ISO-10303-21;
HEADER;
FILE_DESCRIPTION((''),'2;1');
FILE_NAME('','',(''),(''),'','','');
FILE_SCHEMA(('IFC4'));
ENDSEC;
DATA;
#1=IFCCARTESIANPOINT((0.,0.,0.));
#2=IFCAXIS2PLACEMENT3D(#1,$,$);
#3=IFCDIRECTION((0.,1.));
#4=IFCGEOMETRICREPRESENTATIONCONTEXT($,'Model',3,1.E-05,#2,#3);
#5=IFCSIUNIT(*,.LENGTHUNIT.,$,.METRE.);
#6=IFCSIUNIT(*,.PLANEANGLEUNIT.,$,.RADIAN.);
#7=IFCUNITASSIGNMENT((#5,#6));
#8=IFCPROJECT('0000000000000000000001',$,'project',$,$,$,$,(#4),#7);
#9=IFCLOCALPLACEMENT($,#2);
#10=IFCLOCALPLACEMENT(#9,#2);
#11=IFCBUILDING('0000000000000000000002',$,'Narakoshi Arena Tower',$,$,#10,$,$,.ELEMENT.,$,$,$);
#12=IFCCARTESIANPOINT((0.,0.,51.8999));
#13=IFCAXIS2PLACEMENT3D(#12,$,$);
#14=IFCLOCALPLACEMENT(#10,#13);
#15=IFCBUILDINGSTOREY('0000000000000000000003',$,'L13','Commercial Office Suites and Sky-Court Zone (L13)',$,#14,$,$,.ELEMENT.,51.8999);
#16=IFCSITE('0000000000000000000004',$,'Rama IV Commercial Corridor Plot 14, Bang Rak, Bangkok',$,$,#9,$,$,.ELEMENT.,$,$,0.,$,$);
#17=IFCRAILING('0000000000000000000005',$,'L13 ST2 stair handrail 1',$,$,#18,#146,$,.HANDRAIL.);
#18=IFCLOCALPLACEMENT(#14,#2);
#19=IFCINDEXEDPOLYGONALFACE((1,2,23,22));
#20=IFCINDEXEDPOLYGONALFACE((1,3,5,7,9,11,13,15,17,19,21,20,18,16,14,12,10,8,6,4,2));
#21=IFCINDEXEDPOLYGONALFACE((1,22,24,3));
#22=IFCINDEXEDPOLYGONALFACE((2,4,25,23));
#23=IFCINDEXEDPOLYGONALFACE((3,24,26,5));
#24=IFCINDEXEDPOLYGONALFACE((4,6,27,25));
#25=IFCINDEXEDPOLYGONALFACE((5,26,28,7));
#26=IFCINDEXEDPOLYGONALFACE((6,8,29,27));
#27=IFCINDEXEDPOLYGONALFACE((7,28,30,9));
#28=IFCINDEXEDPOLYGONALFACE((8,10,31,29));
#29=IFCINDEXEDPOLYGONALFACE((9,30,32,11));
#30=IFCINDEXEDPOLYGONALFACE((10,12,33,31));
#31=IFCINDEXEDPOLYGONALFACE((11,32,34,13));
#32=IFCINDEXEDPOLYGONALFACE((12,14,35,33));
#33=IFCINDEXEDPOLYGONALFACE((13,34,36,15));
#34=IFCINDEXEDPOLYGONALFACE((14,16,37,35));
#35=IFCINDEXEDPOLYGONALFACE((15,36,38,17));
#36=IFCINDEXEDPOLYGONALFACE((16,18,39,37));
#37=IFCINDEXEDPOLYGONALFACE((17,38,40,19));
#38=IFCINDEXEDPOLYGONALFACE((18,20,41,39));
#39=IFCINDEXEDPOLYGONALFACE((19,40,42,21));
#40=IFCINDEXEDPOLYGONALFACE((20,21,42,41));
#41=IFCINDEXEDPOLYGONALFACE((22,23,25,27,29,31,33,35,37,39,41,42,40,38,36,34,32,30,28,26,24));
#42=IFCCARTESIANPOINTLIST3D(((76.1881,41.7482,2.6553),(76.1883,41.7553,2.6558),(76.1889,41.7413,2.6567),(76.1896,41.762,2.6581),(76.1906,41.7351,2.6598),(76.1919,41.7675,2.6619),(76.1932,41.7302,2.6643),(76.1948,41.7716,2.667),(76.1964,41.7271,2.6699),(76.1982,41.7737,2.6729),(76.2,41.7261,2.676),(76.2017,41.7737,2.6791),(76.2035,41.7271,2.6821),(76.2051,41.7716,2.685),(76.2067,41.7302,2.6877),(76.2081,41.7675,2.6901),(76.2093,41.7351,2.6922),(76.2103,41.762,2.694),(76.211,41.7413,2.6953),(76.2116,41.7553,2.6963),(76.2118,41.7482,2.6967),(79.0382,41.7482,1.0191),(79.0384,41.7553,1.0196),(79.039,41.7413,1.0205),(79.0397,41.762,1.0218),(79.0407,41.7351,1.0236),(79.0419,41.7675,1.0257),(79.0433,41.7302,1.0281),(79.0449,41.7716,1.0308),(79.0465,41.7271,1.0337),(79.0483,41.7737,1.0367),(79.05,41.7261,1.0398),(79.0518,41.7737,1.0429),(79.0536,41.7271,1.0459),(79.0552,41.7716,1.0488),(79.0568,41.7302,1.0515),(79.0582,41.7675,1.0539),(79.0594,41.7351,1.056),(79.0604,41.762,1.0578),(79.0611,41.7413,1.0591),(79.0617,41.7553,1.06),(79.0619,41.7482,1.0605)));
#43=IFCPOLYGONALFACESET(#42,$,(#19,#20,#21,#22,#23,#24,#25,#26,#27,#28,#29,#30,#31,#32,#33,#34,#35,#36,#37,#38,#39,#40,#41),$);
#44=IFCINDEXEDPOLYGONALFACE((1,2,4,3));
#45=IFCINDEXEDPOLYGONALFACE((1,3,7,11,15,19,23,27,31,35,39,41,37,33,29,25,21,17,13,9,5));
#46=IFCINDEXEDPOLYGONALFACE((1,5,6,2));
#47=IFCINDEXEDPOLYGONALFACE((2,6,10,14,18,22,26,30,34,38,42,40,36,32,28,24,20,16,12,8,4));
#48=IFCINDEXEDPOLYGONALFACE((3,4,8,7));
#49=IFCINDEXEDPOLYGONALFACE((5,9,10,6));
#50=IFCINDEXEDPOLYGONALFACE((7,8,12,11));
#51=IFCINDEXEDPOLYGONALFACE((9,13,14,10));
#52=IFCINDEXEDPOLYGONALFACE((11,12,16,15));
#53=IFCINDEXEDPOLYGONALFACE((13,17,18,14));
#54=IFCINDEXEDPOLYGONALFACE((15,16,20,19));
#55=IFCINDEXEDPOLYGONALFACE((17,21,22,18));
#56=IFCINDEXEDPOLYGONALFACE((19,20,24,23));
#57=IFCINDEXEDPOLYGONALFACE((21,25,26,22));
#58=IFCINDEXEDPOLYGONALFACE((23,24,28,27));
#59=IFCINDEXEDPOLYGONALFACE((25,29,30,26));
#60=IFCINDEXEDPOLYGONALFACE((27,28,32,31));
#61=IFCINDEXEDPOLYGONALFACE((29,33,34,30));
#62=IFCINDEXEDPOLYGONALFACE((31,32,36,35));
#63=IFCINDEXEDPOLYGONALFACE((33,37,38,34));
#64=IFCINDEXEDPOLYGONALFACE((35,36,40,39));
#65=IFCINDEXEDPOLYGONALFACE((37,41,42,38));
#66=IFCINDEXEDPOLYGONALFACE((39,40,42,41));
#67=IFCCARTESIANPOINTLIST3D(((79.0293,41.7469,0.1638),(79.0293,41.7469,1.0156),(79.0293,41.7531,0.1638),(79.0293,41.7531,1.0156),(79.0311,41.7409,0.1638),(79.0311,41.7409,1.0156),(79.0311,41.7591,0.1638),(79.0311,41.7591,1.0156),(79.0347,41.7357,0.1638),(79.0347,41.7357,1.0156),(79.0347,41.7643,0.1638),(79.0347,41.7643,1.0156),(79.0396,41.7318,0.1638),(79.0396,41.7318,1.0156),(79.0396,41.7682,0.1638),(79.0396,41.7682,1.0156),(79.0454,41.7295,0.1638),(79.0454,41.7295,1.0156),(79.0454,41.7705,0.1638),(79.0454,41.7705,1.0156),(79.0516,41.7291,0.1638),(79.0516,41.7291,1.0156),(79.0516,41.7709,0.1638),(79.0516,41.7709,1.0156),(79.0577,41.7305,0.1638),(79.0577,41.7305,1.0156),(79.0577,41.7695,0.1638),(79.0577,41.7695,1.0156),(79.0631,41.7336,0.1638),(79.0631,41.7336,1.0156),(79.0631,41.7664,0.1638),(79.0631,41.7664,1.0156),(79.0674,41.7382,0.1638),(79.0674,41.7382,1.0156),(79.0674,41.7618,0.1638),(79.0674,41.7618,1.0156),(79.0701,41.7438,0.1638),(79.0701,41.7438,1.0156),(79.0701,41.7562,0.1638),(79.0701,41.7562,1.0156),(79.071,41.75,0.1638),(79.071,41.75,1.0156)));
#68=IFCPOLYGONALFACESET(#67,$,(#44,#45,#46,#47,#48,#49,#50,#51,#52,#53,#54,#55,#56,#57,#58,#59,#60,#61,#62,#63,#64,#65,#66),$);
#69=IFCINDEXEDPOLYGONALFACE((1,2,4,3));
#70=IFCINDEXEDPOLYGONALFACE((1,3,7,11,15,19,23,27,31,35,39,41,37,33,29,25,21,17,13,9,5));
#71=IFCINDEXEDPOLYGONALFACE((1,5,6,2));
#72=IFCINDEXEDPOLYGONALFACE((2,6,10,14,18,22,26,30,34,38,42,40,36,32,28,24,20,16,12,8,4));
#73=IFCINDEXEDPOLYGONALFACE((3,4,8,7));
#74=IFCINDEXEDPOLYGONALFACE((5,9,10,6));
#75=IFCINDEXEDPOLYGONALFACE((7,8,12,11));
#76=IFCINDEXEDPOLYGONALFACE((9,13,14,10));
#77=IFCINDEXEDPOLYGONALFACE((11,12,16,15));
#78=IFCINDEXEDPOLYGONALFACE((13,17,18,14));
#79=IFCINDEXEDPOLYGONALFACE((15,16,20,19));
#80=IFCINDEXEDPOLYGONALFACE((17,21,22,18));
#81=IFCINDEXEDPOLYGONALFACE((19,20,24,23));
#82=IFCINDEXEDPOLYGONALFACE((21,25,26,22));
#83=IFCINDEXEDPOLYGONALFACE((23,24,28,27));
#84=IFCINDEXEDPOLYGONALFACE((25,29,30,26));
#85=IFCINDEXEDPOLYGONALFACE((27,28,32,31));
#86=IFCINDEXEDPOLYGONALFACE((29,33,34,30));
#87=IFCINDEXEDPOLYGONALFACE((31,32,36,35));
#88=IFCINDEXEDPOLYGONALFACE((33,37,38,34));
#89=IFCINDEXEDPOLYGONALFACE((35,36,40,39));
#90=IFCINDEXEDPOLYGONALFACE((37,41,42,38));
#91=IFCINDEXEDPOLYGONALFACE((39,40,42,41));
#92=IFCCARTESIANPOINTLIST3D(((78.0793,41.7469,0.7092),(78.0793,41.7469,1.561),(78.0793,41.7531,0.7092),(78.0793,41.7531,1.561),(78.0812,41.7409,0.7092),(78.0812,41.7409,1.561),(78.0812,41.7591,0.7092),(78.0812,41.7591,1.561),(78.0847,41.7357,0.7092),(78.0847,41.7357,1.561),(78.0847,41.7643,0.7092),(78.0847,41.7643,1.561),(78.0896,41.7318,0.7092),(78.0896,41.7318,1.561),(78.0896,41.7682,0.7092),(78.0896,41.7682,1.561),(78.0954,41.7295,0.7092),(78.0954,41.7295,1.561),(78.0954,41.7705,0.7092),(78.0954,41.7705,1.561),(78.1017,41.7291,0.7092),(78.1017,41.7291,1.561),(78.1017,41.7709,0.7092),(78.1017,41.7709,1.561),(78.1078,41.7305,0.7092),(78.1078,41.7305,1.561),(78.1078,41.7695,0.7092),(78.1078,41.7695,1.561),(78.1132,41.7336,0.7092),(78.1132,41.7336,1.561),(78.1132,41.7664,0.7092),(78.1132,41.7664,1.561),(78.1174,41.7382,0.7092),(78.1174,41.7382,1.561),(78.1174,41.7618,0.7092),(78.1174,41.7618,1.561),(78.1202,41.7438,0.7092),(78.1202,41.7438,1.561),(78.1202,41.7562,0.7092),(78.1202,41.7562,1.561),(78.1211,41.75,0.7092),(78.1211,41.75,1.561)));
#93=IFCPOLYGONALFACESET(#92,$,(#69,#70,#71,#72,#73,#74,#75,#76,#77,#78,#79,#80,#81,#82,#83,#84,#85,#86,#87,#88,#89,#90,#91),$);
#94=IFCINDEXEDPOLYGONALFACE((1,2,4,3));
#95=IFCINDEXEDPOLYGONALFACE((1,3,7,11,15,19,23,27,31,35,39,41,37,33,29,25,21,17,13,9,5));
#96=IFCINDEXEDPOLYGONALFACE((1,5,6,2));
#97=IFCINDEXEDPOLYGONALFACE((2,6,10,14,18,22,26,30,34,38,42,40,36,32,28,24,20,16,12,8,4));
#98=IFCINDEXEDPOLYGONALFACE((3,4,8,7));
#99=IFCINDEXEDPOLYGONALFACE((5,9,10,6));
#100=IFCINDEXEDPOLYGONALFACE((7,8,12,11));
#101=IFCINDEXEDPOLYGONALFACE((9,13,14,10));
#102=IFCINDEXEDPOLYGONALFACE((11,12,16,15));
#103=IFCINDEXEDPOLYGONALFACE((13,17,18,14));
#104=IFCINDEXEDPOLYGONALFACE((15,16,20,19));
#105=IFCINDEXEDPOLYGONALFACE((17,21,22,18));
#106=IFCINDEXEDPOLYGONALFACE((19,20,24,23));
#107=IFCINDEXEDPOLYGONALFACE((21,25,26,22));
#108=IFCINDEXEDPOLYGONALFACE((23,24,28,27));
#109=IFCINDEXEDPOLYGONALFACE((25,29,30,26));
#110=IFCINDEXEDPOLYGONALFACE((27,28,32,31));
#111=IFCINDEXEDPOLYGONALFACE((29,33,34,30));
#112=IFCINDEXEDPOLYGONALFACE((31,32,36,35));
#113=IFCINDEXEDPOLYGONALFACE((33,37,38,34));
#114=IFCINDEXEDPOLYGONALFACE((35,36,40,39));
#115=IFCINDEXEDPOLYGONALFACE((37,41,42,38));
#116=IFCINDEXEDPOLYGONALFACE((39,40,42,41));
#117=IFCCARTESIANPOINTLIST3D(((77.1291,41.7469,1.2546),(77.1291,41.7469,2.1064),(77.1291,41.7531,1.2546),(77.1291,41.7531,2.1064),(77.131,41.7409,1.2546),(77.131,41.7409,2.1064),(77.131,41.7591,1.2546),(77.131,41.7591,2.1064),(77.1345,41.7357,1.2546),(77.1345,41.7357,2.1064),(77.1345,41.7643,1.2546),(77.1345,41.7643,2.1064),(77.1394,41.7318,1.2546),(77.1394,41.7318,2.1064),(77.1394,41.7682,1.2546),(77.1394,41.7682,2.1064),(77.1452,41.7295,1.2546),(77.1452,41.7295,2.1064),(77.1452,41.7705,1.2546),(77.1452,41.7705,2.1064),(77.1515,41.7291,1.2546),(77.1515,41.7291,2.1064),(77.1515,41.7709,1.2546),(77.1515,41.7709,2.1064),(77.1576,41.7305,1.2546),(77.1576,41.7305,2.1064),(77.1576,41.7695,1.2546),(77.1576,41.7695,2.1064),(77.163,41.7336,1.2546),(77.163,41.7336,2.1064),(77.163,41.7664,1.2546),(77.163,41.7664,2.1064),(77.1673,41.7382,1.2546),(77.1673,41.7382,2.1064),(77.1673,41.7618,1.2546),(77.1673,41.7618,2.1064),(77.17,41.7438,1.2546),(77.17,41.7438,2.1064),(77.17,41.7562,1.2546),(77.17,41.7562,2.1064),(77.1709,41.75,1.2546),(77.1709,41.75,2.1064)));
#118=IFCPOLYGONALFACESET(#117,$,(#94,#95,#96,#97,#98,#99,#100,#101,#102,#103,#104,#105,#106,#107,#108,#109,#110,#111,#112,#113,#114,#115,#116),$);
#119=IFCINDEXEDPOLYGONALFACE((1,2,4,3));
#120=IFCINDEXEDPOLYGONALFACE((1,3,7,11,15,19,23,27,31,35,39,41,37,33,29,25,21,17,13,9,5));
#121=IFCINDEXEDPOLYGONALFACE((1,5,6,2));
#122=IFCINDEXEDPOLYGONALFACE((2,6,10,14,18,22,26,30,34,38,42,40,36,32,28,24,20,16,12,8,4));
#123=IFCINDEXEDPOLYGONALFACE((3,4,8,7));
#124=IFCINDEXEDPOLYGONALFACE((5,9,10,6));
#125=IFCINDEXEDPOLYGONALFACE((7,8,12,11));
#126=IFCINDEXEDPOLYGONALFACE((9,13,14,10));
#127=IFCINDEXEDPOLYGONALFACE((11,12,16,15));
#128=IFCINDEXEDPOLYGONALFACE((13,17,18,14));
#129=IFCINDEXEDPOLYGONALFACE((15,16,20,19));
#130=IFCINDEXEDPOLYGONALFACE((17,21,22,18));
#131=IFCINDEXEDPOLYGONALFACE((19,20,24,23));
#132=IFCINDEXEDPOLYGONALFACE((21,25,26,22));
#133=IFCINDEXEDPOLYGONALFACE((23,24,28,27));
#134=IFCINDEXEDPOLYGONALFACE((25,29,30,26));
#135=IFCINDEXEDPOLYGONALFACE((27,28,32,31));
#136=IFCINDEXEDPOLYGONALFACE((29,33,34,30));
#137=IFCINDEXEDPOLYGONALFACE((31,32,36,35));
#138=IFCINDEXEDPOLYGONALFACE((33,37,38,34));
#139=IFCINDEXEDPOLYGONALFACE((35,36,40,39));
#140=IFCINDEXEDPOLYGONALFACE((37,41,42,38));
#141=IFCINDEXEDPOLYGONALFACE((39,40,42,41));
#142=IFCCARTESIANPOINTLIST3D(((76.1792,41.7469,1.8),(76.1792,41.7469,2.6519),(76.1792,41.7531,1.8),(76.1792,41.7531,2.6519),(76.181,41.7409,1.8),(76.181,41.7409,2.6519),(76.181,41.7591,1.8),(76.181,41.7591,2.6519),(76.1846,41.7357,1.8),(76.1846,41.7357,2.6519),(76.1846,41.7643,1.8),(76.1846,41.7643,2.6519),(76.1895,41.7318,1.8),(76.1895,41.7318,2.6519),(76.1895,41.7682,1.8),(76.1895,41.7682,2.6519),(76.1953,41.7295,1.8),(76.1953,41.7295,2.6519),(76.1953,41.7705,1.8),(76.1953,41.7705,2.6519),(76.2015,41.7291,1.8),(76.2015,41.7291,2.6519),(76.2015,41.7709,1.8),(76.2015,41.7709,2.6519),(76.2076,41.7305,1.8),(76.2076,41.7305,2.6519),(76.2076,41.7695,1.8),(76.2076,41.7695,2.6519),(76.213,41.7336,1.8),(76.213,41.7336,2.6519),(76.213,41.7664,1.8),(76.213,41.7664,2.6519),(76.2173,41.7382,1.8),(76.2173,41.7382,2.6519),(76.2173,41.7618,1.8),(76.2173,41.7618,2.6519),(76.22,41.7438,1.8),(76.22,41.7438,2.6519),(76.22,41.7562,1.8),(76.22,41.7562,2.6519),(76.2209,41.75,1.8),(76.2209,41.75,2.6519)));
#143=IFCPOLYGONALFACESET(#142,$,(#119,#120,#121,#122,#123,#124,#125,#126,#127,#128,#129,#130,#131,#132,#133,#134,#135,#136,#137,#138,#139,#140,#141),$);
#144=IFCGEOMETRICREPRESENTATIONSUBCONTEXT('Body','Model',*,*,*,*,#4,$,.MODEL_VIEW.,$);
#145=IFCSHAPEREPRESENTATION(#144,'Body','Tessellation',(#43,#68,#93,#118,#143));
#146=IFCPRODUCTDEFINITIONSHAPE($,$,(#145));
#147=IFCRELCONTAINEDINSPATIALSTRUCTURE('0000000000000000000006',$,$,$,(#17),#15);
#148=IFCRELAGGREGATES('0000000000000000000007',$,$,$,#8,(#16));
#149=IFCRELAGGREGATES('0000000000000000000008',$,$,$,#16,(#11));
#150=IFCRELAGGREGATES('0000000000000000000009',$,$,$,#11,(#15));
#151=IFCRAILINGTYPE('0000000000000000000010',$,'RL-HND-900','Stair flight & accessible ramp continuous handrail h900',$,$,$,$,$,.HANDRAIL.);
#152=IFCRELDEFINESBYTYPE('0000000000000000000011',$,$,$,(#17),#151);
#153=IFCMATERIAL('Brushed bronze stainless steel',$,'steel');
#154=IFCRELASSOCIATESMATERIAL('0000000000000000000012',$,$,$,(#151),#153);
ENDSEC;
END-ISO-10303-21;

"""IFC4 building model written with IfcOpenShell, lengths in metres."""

from ifc_helpers import new_model, si_unit, direction, frame, origin, origin_2d, place, context, subcontext, project, spatial, circle, extrude, material, type_object, element, save


model = new_model("IFC4")

# Units and contexts
model_context = context("Model", 3, precision=1e-05, world=origin(), true_north=direction((0.0, 1.0)))
body_context = subcontext(model_context, "Body", "Model", "MODEL_VIEW")
ifc_project = project(units=[si_unit("LENGTHUNIT", "METRE"), si_unit("PLANEANGLEUNIT", "RADIAN")], contexts=[model_context])

# Site, building, storey
site_placement = place(None, origin())
site = spatial("IfcSite", under=ifc_project, at=site_placement, Name="Rama IV Commercial Corridor Plot 14, Bang Rak, Bangkok", CompositionType="ELEMENT", RefElevation=0.0)
building_placement = place(site_placement, origin())
building = spatial("IfcBuilding", under=site, at=building_placement, Name="Narakoshi Arena Tower", CompositionType="ELEMENT")
storey_placement = place(building_placement, frame((0.0, 0.0, 51.8999)))
storey = spatial("IfcBuildingStorey", under=building, at=storey_placement, Name="L13", Description="Commercial Office Suites and Sky-Court Zone (L13)", CompositionType="ELEMENT", Elevation=51.8999)

# Shared definitions
ifc_material_1 = material(Name="Brushed bronze stainless steel", Category="steel")

# Railing
railing_type_1 = type_object("IfcRailingType", Name="RL-HND-900", Description="Stair flight & accessible ramp continuous handrail h900", PredefinedType="HANDRAIL", material=ifc_material_1)
railing_1_placement = place(storey_placement, frame((79.05, 41.75, 0.1638)))
element("IfcRailing", 1, at=railing_1_placement, inside=storey, type_object=railing_type_1, Name="L13 ST2 stair handrail 1", PredefinedType="HANDRAIL", context=body_context, shape_type="SweptSolid", body=[
    extrude(circle(Radius=0.0239, at=origin_2d()), frame((0.0, 0.0, 0.876), z_axis=(-0.867245, 0.0, 0.497882), x_axis=(0.0, -1.0, 0.0)), (0.0, 0.0, 1.0), 3.2864),
    extrude(circle(Radius=0.021, at=origin_2d()), origin(), (0.0, 0.0, 1.0), 0.8518),
    extrude(circle(Radius=0.021, at=origin_2d()), frame((-0.95, 0.0, 0.5454)), (0.0, 0.0, 1.0), 0.8518),
    extrude(circle(Radius=0.021, at=origin_2d()), frame((-1.9001, 0.0, 1.0908)), (0.0, 0.0, 1.0), 0.8518),
    extrude(circle(Radius=0.021, at=origin_2d()), frame((-2.8501, 0.0, 1.6362)), (0.0, 0.0, 1.0), 0.8518),
])

save(model, "model.ifc")
